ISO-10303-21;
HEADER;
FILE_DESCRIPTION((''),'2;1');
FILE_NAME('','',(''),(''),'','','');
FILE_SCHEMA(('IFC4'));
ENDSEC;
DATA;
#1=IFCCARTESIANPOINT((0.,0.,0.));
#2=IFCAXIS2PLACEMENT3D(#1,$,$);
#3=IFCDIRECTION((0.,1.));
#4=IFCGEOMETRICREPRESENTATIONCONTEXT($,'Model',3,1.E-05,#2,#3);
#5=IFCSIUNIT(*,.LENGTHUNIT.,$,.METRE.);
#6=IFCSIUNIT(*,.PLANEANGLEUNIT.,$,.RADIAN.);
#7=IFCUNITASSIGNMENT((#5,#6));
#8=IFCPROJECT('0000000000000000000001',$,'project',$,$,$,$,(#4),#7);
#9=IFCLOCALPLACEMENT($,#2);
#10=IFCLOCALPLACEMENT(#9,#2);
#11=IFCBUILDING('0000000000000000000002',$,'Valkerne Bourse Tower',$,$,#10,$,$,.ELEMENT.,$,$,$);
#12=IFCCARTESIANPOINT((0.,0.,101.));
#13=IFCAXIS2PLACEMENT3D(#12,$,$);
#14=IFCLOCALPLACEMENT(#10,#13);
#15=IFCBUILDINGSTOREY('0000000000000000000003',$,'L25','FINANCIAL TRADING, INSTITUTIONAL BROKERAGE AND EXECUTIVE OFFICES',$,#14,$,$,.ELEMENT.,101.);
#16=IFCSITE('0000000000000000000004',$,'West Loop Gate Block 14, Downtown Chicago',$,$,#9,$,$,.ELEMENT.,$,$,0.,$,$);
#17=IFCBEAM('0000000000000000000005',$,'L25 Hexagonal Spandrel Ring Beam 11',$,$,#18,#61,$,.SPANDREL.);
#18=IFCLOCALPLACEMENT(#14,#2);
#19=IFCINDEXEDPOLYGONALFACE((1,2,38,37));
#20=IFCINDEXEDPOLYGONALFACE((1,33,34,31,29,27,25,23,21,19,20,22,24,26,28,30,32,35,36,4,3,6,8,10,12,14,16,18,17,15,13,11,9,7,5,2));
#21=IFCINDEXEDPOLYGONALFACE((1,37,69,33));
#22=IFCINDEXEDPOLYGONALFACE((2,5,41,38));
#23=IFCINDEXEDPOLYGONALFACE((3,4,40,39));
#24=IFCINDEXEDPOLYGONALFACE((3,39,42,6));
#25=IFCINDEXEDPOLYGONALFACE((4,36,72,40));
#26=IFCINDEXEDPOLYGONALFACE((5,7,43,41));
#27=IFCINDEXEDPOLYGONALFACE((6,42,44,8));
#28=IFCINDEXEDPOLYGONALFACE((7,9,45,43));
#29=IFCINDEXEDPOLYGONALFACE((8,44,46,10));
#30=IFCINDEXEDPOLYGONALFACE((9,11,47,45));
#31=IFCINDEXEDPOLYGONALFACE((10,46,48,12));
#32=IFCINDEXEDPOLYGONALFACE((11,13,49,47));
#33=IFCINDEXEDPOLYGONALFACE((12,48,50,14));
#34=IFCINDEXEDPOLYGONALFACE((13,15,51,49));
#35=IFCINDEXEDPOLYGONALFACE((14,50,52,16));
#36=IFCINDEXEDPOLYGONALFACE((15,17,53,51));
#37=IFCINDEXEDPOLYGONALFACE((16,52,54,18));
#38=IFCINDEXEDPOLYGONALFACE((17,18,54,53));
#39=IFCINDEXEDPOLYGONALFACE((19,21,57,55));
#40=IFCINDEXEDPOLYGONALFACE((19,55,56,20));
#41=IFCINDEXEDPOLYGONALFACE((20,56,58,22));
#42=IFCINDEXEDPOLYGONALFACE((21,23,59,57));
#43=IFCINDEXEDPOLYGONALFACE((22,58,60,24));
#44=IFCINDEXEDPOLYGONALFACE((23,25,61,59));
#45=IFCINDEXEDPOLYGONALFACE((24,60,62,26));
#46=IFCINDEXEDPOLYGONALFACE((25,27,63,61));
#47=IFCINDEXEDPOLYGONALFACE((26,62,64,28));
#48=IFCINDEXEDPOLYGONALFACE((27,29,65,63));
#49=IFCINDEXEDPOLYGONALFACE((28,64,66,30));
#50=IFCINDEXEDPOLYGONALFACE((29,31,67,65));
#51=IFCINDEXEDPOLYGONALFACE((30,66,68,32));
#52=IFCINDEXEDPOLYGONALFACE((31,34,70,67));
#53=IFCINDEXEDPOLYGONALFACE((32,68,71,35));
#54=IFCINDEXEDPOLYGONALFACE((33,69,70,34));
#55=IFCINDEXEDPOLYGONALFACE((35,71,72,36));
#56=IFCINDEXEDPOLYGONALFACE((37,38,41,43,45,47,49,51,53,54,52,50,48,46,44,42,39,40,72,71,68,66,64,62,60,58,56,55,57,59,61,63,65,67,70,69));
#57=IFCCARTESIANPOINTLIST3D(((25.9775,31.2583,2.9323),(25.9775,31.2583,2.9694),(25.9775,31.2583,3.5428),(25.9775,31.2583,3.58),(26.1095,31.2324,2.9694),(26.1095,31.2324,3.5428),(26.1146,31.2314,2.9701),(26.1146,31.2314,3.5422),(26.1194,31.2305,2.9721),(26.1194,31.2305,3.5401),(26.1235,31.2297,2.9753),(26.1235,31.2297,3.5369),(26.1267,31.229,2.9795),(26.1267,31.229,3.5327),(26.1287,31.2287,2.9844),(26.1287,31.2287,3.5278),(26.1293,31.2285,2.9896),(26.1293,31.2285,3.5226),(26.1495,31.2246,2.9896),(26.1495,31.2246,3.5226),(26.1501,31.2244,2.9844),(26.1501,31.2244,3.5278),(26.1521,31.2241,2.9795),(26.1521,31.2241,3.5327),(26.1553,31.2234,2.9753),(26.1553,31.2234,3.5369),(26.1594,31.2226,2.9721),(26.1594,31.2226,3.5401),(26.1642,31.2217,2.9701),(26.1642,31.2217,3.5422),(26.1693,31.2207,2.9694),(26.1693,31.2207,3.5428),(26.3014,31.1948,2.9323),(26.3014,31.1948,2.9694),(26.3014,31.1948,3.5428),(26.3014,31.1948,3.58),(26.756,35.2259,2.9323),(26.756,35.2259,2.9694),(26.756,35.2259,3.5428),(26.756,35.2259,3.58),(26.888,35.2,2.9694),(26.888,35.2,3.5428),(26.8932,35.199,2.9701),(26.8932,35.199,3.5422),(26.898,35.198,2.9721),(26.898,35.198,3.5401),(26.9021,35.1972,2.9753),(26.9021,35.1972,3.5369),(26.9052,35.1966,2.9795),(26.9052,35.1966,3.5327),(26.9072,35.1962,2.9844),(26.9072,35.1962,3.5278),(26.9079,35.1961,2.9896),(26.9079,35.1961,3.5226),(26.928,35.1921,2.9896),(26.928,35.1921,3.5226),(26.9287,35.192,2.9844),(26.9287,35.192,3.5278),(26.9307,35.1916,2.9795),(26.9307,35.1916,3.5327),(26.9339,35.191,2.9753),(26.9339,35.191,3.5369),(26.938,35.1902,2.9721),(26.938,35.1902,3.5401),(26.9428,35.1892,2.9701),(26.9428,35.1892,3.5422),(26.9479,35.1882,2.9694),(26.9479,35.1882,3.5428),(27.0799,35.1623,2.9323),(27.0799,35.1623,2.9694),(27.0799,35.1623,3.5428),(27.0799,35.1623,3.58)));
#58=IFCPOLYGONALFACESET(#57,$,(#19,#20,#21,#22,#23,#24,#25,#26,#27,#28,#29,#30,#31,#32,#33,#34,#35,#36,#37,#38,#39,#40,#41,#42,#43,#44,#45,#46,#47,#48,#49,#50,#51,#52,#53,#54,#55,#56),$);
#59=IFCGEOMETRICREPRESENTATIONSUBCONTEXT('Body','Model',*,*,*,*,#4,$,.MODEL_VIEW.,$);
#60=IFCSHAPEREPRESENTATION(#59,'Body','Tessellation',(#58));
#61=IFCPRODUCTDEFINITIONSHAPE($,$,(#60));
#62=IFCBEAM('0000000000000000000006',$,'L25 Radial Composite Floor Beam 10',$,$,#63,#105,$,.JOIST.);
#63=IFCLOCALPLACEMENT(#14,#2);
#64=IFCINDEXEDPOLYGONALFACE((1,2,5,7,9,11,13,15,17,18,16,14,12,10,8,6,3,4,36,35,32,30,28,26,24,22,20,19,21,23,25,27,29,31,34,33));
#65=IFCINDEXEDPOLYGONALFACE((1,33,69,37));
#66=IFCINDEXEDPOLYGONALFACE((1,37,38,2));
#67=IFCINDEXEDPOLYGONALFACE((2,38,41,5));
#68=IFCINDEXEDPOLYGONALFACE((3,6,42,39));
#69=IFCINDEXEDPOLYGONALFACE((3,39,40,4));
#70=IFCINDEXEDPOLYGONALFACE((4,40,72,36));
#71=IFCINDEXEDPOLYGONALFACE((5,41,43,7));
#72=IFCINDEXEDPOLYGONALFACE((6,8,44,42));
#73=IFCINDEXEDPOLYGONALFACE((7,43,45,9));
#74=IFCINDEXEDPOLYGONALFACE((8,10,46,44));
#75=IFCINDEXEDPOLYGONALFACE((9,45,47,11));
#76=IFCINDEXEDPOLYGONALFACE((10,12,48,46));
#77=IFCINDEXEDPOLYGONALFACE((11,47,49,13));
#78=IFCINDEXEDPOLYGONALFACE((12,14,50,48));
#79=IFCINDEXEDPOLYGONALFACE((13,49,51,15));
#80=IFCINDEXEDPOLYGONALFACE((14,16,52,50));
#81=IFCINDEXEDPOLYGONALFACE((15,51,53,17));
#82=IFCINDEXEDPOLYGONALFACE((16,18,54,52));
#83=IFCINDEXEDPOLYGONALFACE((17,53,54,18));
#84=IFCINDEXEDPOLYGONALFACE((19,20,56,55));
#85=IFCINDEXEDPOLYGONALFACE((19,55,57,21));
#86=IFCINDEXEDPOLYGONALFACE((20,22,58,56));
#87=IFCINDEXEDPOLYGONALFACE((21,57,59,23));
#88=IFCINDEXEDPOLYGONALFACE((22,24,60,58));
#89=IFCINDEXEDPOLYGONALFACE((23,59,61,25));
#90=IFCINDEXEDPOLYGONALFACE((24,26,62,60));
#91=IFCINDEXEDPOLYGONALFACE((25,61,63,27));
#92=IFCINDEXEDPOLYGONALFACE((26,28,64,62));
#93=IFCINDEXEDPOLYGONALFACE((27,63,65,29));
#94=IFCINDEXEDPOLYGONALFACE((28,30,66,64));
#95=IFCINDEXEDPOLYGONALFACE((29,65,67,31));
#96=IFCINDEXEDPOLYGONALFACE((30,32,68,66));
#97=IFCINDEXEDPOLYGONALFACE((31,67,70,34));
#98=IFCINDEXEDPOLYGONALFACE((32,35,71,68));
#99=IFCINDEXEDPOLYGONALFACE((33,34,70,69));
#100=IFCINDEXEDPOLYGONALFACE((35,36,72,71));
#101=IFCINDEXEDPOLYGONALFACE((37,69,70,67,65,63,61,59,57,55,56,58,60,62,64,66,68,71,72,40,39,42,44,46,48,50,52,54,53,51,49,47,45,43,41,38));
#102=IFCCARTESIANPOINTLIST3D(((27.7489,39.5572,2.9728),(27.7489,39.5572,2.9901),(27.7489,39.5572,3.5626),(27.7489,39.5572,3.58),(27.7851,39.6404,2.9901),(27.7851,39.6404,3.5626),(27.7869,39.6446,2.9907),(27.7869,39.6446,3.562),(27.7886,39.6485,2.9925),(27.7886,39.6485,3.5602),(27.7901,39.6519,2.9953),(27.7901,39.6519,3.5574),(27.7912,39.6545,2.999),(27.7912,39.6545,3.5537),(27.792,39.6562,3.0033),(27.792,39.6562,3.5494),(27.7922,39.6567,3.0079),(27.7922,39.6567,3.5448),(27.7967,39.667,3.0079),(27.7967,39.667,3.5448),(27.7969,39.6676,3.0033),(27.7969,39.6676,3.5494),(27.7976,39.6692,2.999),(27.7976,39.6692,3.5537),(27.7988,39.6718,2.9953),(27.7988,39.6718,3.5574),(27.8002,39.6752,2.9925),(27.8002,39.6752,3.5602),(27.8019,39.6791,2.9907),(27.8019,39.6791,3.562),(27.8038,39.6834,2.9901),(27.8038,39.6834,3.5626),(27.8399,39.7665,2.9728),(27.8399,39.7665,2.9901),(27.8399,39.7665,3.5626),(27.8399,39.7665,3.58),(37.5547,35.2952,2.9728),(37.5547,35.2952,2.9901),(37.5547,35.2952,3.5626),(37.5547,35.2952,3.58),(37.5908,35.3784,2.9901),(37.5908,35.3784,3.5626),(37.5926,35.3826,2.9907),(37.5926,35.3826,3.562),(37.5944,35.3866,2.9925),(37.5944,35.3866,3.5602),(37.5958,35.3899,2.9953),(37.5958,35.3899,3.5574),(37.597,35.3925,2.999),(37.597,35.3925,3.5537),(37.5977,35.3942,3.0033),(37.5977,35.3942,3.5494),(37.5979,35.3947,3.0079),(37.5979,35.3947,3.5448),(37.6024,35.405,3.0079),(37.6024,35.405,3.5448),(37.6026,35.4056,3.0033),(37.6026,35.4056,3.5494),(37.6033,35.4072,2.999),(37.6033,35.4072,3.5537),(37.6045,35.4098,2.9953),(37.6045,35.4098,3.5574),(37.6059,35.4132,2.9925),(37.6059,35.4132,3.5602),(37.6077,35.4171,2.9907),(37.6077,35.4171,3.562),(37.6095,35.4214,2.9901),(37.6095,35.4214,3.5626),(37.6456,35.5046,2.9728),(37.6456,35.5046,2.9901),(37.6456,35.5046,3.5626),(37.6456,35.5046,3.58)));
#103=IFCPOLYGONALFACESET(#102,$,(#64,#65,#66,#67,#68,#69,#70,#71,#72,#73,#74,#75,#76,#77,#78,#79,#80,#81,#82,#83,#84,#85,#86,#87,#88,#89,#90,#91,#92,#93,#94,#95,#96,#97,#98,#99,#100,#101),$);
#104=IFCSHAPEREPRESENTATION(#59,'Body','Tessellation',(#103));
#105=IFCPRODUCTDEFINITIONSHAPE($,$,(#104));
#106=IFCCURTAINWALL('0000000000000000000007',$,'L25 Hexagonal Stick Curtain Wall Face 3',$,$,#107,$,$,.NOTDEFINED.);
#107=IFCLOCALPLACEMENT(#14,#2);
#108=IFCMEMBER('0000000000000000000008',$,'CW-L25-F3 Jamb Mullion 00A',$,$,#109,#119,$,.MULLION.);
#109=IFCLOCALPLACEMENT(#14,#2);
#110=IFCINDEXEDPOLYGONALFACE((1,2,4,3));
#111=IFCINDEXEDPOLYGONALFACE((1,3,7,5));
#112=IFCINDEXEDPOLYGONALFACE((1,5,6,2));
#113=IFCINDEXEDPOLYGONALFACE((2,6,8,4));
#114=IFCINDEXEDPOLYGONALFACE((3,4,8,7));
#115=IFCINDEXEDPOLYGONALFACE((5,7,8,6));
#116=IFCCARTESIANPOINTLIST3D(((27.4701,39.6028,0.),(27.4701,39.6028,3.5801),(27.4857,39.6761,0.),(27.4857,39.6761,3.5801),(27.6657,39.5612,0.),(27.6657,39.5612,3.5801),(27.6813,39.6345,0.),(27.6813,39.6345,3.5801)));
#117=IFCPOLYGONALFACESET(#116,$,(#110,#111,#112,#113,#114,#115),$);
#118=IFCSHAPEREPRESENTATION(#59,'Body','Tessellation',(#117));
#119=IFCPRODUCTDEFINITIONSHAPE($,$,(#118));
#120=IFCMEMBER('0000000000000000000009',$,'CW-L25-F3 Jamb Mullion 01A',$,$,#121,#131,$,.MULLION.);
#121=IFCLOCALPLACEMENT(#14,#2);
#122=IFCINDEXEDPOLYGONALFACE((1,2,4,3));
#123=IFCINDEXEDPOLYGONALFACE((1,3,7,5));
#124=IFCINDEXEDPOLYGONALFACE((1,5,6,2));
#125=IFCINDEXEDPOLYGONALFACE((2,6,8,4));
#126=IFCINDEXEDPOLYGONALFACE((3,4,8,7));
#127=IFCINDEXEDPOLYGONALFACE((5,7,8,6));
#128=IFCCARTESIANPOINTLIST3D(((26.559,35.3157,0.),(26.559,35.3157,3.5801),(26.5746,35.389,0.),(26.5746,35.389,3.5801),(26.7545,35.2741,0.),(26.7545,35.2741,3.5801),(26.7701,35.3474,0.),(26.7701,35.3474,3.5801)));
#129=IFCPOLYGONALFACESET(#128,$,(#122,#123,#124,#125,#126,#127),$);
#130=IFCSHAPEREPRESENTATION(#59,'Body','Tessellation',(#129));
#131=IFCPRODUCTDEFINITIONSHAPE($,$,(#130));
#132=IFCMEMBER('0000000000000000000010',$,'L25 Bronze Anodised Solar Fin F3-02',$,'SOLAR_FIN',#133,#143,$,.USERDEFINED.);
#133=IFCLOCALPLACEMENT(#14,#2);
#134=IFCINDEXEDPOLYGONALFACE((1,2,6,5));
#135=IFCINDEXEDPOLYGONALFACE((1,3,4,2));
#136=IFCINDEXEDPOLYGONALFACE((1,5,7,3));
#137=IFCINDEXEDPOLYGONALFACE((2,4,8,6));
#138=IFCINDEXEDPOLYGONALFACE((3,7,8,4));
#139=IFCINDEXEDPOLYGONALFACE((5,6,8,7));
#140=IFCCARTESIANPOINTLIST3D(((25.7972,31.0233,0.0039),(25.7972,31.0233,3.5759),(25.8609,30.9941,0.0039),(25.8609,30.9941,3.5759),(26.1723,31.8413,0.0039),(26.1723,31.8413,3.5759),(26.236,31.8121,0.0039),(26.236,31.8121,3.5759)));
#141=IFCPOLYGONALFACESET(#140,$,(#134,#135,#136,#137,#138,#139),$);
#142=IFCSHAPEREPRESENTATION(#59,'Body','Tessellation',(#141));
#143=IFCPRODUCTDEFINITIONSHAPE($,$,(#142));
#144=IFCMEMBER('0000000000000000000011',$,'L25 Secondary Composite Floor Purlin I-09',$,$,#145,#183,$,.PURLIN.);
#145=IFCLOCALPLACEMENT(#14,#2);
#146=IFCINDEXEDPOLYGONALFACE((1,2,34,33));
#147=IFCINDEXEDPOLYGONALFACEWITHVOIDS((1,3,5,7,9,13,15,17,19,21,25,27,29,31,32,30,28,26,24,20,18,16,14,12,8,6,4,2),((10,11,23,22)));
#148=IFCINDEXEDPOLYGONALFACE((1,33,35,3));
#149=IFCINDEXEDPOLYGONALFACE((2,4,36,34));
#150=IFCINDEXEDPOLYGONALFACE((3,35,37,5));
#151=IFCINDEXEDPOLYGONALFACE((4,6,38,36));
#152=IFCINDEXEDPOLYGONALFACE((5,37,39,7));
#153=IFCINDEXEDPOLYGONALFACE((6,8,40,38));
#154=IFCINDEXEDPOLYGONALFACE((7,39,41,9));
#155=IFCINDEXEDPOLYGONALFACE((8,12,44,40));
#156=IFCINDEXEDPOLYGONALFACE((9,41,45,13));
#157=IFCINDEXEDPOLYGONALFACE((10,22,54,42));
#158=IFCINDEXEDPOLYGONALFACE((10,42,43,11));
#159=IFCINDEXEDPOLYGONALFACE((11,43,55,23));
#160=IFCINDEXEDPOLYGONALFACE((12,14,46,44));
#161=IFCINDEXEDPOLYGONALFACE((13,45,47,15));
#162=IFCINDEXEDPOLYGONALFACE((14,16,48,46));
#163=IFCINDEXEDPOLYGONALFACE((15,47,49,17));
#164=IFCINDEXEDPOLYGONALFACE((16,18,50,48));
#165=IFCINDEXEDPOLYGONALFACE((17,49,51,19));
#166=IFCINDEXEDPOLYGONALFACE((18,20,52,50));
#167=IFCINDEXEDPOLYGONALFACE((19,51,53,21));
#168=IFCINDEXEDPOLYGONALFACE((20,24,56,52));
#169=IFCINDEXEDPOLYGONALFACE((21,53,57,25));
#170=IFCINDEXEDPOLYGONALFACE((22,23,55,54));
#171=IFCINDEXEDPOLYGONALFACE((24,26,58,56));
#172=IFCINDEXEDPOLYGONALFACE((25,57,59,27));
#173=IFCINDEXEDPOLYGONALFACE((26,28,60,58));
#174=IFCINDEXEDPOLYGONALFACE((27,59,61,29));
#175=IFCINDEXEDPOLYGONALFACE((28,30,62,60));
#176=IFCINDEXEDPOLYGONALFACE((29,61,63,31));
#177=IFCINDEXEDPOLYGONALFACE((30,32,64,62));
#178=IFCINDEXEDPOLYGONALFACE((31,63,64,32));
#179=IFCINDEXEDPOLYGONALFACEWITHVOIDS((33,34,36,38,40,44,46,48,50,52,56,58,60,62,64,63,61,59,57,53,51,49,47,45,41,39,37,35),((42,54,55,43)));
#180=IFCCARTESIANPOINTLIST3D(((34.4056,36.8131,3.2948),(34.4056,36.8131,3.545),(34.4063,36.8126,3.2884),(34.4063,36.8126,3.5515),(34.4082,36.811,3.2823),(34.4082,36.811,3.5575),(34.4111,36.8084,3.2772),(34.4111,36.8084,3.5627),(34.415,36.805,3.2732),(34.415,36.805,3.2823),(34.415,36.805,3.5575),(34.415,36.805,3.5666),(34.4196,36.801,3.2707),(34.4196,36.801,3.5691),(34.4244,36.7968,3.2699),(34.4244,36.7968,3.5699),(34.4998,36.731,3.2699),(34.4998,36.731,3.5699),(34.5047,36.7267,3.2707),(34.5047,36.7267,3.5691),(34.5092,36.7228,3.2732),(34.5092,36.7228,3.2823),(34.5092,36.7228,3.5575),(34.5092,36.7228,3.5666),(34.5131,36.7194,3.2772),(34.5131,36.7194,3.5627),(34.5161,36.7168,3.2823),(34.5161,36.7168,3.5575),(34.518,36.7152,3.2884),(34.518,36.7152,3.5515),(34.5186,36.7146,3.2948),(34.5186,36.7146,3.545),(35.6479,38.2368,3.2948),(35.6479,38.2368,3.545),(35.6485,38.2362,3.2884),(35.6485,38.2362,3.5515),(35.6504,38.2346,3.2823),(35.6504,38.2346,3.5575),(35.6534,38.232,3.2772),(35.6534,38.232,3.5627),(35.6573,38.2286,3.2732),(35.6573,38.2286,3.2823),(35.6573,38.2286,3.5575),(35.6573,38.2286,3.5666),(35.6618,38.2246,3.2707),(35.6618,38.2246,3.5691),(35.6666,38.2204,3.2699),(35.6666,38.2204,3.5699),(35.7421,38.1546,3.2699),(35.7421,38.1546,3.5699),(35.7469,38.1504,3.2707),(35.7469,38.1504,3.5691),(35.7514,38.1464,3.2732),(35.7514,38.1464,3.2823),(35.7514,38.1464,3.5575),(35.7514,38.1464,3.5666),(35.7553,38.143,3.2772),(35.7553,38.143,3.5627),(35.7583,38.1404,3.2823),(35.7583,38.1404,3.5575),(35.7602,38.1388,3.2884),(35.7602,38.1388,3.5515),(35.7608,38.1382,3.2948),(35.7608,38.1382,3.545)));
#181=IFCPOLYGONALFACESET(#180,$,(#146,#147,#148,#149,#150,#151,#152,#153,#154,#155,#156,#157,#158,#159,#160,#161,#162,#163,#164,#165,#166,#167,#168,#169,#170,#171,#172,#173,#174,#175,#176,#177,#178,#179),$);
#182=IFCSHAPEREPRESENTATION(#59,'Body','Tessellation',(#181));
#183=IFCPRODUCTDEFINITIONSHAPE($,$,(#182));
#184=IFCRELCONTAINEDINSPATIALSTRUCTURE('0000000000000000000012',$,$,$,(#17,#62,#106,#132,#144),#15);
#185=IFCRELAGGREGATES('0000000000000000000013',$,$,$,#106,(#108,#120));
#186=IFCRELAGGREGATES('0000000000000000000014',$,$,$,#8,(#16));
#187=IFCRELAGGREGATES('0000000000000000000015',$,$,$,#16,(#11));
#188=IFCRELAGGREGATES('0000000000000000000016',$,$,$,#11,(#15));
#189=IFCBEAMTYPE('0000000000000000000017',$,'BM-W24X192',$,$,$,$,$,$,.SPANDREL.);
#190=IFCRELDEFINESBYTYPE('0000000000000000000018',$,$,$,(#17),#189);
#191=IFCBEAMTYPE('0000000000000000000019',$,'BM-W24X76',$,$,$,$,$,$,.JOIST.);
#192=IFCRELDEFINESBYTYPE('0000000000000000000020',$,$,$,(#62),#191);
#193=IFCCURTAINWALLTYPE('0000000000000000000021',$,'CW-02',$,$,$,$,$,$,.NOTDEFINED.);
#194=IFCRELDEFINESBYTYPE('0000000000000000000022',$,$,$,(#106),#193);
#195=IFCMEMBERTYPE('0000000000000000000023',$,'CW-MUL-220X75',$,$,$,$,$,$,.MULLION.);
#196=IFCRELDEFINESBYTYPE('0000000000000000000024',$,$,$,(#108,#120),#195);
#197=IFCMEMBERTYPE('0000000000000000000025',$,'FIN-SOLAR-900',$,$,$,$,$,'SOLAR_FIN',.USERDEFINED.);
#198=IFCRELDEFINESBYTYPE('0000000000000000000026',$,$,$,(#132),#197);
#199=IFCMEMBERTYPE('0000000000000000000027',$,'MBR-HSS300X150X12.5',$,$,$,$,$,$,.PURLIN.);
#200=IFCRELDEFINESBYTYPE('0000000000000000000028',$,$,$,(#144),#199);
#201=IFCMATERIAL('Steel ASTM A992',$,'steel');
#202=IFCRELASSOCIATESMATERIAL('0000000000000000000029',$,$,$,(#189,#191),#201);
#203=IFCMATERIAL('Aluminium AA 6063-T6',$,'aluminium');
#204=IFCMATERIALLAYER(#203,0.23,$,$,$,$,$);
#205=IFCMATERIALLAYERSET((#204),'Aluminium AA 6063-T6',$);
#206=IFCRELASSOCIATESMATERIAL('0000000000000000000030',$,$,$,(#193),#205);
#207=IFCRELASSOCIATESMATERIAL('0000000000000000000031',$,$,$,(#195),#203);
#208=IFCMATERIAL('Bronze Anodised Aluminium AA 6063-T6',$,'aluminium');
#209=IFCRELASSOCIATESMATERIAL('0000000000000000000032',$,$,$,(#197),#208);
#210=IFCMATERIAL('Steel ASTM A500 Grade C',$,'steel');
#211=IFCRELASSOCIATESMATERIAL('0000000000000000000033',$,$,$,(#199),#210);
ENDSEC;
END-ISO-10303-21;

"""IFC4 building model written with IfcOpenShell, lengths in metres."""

from ifc_helpers import new_model, si_unit, direction, frame, origin, origin_2d, place, context, subcontext, project, spatial, rectangle, hollow_rectangle, i_section, extrude, material, layer, layer_set, material_profile, profile_set, type_object, element, aggregate, save


model = new_model("IFC4")

# Units and contexts
model_context = context("Model", 3, precision=1e-05, world=origin(), true_north=direction((0.0, 1.0)))
body_context = subcontext(model_context, "Body", "Model", "MODEL_VIEW")
ifc_project = project(units=[si_unit("LENGTHUNIT", "METRE"), si_unit("PLANEANGLEUNIT", "RADIAN")], contexts=[model_context])

# Site, building, storey
site_placement = place(None, origin())
site = spatial("IfcSite", under=ifc_project, at=site_placement, Name="West Loop Gate Block 14, Downtown Chicago", CompositionType="ELEMENT", RefElevation=0.0)
building_placement = place(site_placement, origin())
building = spatial("IfcBuilding", under=site, at=building_placement, Name="Valkerne Bourse Tower", CompositionType="ELEMENT")
storey_placement = place(building_placement, frame((0.0, 0.0, 101.0)))
storey = spatial("IfcBuildingStorey", under=building, at=storey_placement, Name="L25", Description="FINANCIAL TRADING, INSTITUTIONAL BROKERAGE AND EXECUTIVE OFFICES", CompositionType="ELEMENT", Elevation=101.0)

# Beams
ifc_material_1 = material(Name="Steel ASTM A992", Category="steel")
ifc_material_profile_1 = material_profile(ifc_material_1, i_section(OverallWidth=0.3301, OverallDepth=0.6477, WebThickness=0.0205, FlangeThickness=0.0371, FilletRadius=0.0203, at=origin_2d()), Name="W24X192")
ifc_profile_set_1 = profile_set([ifc_material_profile_1], Name="Steel ASTM A992")
beam_type_1 = type_object("IfcBeamType", Name="BM-W24X192", PredefinedType="SPANDREL", material=ifc_profile_set_1)
for number, where, z_axis, x_axis, name in (
    (1, (26.918, 35.1941, 3.2561), (-0.192562, -0.981285, 0.0), (0.981285, -0.192562, 0.0), "L25 Hexagonal Spandrel Ring Beam 11"),
):
    element("IfcBeam", number, at=place(storey_placement, frame(where, z_axis=z_axis, x_axis=x_axis)), inside=storey, type_object=beam_type_1, Name=name, PredefinedType="SPANDREL", context=body_context, shape_type="SweptSolid", body=[
        extrude(i_section(OverallWidth=0.3301, OverallDepth=0.6477, WebThickness=0.0205, FlangeThickness=0.0371, FilletRadius=0.0203, at=origin_2d()), origin(), (0.0, 0.0, 1.0), 4.0432),
    ])
ifc_material_profile_2 = material_profile(ifc_material_1, i_section(OverallWidth=0.2283, OverallDepth=0.6072, WebThickness=0.0112, FlangeThickness=0.0173, FilletRadius=0.0178, at=origin_2d()), Name="W24X76")
ifc_profile_set_2 = profile_set([ifc_material_profile_2], Name="Steel ASTM A992")
beam_type_2 = type_object("IfcBeamType", Name="BM-W24X76", PredefinedType="JOIST", material=ifc_profile_set_2)
beam_1_placement = place(storey_placement, frame((27.7944, 39.6619, 3.2764), z_axis=(0.917117, -0.398618, 0.0), x_axis=(0.398618, 0.917117, 0.0)))
element("IfcBeam", 2, at=beam_1_placement, inside=storey, type_object=beam_type_2, Name="L25 Radial Composite Floor Beam 10", PredefinedType="JOIST", context=body_context, shape_type="SweptSolid", body=[
    extrude(i_section(OverallWidth=0.2283, OverallDepth=0.6072, WebThickness=0.0112, FlangeThickness=0.0173, FilletRadius=0.0178, at=origin_2d()), origin(), (0.0, 0.0, 1.0), 10.6919),
])

# Curtain wall, members
ifc_material_2 = material(Name="Aluminium AA 6063-T6", Category="aluminium")
ifc_layer_1 = layer(ifc_material_2, 0.23)
ifc_layer_set_1 = layer_set([ifc_layer_1], Name="Aluminium AA 6063-T6")
curtain_wall_type = type_object("IfcCurtainWallType", Name="CW-02", PredefinedType="NOTDEFINED", material=ifc_layer_set_1)
curtain_wall_placement = place(storey_placement, origin())
curtain_wall = element("IfcCurtainWall", 3, at=curtain_wall_placement, inside=storey, type_object=curtain_wall_type, Name="L25 Hexagonal Stick Curtain Wall Face 3", PredefinedType="NOTDEFINED")
ifc_material_profile_3 = material_profile(ifc_material_2, rectangle(XDim=0.075, YDim=0.2, at=origin_2d()), Name="CWM-75X200")
ifc_profile_set_3 = profile_set([ifc_material_profile_3], Name="Aluminium AA 6063-T6")
member_type_1 = type_object("IfcMemberType", Name="CW-MUL-220X75", PredefinedType="MULLION", material=ifc_profile_set_3)
member_1_placement = place(storey_placement, frame((27.5757, 39.6187, 0.0), z_axis=(0.0, 0.0, 1.0), x_axis=(-0.207918, -0.978146, 0.0)))
member_1 = element("IfcMember", 4, at=member_1_placement, type_object=member_type_1, Name="CW-L25-F3 Jamb Mullion 00A", PredefinedType="MULLION", context=body_context, shape_type="SweptSolid", body=[
    extrude(rectangle(XDim=0.075, YDim=0.2, at=origin_2d()), origin(), (0.0, 0.0, 1.0), 3.5801),
])
member_2_placement = place(storey_placement, frame((26.6646, 35.3315, 0.0), z_axis=(0.0, 0.0, 1.0), x_axis=(-0.207918, -0.978146, 0.0)))
member_2 = element("IfcMember", 5, at=member_2_placement, type_object=member_type_1, Name="CW-L25-F3 Jamb Mullion 01A", PredefinedType="MULLION", context=body_context, shape_type="SweptSolid", body=[
    extrude(rectangle(XDim=0.075, YDim=0.2, at=origin_2d()), origin(), (0.0, 0.0, 1.0), 3.5801),
])

# Members
ifc_material_3 = material(Name="Bronze Anodised Aluminium AA 6063-T6", Category="aluminium")
ifc_material_profile_4 = material_profile(ifc_material_3, rectangle(XDim=0.0701, YDim=0.8999, at=origin_2d()), Name="FIN-70X900")
ifc_profile_set_4 = profile_set([ifc_material_profile_4], Name="Bronze Anodised Aluminium AA 6063-T6")
member_type_2 = type_object("IfcMemberType", Name="FIN-SOLAR-900", ElementType="SOLAR_FIN", PredefinedType="USERDEFINED", material=ifc_profile_set_4)
member_3_placement = place(storey_placement, frame((26.0166, 31.4177, 0.0039), z_axis=(0.0, 0.0, 1.0), x_axis=(-0.90897, 0.416861, 0.0)))
element("IfcMember", 6, at=member_3_placement, inside=storey, type_object=member_type_2, Name="L25 Bronze Anodised Solar Fin F3-02", ObjectType="SOLAR_FIN", PredefinedType="USERDEFINED", context=body_context, shape_type="SweptSolid", body=[
    extrude(rectangle(XDim=0.0701, YDim=0.8999, at=origin_2d()), origin(), (0.0, 0.0, 1.0), 3.572),
])
ifc_material_4 = material(Name="Steel ASTM A500 Grade C", Category="steel")
ifc_material_profile_5 = material_profile(ifc_material_4, hollow_rectangle(XDim=0.1499, YDim=0.3, WallThickness=0.0125, OuterFilletRadius=0.0249, at=origin_2d()), Name="HSS300X150X12.5")
ifc_profile_set_5 = profile_set([ifc_material_profile_5], Name="Steel ASTM A500 Grade C")
member_type_3 = type_object("IfcMemberType", Name="MBR-HSS300X150X12.5", PredefinedType="PURLIN", material=ifc_profile_set_5)
member_4_placement = place(storey_placement, frame((35.7043, 38.1875, 3.4199), z_axis=(-0.65747, -0.753481, 0.0), x_axis=(0.753481, -0.65747, 0.0)))
element("IfcMember", 7, at=member_4_placement, inside=storey, type_object=member_type_3, Name="L25 Secondary Composite Floor Purlin I-09", PredefinedType="PURLIN", context=body_context, shape_type="SweptSolid", body=[
    extrude(hollow_rectangle(XDim=0.1499, YDim=0.3, WallThickness=0.0125, OuterFilletRadius=0.0249, at=origin_2d()), origin(), (0.0, 0.0, 1.0), 1.8894),
])

aggregate(curtain_wall, [member_1, member_2])

save(model, "model.ifc")
